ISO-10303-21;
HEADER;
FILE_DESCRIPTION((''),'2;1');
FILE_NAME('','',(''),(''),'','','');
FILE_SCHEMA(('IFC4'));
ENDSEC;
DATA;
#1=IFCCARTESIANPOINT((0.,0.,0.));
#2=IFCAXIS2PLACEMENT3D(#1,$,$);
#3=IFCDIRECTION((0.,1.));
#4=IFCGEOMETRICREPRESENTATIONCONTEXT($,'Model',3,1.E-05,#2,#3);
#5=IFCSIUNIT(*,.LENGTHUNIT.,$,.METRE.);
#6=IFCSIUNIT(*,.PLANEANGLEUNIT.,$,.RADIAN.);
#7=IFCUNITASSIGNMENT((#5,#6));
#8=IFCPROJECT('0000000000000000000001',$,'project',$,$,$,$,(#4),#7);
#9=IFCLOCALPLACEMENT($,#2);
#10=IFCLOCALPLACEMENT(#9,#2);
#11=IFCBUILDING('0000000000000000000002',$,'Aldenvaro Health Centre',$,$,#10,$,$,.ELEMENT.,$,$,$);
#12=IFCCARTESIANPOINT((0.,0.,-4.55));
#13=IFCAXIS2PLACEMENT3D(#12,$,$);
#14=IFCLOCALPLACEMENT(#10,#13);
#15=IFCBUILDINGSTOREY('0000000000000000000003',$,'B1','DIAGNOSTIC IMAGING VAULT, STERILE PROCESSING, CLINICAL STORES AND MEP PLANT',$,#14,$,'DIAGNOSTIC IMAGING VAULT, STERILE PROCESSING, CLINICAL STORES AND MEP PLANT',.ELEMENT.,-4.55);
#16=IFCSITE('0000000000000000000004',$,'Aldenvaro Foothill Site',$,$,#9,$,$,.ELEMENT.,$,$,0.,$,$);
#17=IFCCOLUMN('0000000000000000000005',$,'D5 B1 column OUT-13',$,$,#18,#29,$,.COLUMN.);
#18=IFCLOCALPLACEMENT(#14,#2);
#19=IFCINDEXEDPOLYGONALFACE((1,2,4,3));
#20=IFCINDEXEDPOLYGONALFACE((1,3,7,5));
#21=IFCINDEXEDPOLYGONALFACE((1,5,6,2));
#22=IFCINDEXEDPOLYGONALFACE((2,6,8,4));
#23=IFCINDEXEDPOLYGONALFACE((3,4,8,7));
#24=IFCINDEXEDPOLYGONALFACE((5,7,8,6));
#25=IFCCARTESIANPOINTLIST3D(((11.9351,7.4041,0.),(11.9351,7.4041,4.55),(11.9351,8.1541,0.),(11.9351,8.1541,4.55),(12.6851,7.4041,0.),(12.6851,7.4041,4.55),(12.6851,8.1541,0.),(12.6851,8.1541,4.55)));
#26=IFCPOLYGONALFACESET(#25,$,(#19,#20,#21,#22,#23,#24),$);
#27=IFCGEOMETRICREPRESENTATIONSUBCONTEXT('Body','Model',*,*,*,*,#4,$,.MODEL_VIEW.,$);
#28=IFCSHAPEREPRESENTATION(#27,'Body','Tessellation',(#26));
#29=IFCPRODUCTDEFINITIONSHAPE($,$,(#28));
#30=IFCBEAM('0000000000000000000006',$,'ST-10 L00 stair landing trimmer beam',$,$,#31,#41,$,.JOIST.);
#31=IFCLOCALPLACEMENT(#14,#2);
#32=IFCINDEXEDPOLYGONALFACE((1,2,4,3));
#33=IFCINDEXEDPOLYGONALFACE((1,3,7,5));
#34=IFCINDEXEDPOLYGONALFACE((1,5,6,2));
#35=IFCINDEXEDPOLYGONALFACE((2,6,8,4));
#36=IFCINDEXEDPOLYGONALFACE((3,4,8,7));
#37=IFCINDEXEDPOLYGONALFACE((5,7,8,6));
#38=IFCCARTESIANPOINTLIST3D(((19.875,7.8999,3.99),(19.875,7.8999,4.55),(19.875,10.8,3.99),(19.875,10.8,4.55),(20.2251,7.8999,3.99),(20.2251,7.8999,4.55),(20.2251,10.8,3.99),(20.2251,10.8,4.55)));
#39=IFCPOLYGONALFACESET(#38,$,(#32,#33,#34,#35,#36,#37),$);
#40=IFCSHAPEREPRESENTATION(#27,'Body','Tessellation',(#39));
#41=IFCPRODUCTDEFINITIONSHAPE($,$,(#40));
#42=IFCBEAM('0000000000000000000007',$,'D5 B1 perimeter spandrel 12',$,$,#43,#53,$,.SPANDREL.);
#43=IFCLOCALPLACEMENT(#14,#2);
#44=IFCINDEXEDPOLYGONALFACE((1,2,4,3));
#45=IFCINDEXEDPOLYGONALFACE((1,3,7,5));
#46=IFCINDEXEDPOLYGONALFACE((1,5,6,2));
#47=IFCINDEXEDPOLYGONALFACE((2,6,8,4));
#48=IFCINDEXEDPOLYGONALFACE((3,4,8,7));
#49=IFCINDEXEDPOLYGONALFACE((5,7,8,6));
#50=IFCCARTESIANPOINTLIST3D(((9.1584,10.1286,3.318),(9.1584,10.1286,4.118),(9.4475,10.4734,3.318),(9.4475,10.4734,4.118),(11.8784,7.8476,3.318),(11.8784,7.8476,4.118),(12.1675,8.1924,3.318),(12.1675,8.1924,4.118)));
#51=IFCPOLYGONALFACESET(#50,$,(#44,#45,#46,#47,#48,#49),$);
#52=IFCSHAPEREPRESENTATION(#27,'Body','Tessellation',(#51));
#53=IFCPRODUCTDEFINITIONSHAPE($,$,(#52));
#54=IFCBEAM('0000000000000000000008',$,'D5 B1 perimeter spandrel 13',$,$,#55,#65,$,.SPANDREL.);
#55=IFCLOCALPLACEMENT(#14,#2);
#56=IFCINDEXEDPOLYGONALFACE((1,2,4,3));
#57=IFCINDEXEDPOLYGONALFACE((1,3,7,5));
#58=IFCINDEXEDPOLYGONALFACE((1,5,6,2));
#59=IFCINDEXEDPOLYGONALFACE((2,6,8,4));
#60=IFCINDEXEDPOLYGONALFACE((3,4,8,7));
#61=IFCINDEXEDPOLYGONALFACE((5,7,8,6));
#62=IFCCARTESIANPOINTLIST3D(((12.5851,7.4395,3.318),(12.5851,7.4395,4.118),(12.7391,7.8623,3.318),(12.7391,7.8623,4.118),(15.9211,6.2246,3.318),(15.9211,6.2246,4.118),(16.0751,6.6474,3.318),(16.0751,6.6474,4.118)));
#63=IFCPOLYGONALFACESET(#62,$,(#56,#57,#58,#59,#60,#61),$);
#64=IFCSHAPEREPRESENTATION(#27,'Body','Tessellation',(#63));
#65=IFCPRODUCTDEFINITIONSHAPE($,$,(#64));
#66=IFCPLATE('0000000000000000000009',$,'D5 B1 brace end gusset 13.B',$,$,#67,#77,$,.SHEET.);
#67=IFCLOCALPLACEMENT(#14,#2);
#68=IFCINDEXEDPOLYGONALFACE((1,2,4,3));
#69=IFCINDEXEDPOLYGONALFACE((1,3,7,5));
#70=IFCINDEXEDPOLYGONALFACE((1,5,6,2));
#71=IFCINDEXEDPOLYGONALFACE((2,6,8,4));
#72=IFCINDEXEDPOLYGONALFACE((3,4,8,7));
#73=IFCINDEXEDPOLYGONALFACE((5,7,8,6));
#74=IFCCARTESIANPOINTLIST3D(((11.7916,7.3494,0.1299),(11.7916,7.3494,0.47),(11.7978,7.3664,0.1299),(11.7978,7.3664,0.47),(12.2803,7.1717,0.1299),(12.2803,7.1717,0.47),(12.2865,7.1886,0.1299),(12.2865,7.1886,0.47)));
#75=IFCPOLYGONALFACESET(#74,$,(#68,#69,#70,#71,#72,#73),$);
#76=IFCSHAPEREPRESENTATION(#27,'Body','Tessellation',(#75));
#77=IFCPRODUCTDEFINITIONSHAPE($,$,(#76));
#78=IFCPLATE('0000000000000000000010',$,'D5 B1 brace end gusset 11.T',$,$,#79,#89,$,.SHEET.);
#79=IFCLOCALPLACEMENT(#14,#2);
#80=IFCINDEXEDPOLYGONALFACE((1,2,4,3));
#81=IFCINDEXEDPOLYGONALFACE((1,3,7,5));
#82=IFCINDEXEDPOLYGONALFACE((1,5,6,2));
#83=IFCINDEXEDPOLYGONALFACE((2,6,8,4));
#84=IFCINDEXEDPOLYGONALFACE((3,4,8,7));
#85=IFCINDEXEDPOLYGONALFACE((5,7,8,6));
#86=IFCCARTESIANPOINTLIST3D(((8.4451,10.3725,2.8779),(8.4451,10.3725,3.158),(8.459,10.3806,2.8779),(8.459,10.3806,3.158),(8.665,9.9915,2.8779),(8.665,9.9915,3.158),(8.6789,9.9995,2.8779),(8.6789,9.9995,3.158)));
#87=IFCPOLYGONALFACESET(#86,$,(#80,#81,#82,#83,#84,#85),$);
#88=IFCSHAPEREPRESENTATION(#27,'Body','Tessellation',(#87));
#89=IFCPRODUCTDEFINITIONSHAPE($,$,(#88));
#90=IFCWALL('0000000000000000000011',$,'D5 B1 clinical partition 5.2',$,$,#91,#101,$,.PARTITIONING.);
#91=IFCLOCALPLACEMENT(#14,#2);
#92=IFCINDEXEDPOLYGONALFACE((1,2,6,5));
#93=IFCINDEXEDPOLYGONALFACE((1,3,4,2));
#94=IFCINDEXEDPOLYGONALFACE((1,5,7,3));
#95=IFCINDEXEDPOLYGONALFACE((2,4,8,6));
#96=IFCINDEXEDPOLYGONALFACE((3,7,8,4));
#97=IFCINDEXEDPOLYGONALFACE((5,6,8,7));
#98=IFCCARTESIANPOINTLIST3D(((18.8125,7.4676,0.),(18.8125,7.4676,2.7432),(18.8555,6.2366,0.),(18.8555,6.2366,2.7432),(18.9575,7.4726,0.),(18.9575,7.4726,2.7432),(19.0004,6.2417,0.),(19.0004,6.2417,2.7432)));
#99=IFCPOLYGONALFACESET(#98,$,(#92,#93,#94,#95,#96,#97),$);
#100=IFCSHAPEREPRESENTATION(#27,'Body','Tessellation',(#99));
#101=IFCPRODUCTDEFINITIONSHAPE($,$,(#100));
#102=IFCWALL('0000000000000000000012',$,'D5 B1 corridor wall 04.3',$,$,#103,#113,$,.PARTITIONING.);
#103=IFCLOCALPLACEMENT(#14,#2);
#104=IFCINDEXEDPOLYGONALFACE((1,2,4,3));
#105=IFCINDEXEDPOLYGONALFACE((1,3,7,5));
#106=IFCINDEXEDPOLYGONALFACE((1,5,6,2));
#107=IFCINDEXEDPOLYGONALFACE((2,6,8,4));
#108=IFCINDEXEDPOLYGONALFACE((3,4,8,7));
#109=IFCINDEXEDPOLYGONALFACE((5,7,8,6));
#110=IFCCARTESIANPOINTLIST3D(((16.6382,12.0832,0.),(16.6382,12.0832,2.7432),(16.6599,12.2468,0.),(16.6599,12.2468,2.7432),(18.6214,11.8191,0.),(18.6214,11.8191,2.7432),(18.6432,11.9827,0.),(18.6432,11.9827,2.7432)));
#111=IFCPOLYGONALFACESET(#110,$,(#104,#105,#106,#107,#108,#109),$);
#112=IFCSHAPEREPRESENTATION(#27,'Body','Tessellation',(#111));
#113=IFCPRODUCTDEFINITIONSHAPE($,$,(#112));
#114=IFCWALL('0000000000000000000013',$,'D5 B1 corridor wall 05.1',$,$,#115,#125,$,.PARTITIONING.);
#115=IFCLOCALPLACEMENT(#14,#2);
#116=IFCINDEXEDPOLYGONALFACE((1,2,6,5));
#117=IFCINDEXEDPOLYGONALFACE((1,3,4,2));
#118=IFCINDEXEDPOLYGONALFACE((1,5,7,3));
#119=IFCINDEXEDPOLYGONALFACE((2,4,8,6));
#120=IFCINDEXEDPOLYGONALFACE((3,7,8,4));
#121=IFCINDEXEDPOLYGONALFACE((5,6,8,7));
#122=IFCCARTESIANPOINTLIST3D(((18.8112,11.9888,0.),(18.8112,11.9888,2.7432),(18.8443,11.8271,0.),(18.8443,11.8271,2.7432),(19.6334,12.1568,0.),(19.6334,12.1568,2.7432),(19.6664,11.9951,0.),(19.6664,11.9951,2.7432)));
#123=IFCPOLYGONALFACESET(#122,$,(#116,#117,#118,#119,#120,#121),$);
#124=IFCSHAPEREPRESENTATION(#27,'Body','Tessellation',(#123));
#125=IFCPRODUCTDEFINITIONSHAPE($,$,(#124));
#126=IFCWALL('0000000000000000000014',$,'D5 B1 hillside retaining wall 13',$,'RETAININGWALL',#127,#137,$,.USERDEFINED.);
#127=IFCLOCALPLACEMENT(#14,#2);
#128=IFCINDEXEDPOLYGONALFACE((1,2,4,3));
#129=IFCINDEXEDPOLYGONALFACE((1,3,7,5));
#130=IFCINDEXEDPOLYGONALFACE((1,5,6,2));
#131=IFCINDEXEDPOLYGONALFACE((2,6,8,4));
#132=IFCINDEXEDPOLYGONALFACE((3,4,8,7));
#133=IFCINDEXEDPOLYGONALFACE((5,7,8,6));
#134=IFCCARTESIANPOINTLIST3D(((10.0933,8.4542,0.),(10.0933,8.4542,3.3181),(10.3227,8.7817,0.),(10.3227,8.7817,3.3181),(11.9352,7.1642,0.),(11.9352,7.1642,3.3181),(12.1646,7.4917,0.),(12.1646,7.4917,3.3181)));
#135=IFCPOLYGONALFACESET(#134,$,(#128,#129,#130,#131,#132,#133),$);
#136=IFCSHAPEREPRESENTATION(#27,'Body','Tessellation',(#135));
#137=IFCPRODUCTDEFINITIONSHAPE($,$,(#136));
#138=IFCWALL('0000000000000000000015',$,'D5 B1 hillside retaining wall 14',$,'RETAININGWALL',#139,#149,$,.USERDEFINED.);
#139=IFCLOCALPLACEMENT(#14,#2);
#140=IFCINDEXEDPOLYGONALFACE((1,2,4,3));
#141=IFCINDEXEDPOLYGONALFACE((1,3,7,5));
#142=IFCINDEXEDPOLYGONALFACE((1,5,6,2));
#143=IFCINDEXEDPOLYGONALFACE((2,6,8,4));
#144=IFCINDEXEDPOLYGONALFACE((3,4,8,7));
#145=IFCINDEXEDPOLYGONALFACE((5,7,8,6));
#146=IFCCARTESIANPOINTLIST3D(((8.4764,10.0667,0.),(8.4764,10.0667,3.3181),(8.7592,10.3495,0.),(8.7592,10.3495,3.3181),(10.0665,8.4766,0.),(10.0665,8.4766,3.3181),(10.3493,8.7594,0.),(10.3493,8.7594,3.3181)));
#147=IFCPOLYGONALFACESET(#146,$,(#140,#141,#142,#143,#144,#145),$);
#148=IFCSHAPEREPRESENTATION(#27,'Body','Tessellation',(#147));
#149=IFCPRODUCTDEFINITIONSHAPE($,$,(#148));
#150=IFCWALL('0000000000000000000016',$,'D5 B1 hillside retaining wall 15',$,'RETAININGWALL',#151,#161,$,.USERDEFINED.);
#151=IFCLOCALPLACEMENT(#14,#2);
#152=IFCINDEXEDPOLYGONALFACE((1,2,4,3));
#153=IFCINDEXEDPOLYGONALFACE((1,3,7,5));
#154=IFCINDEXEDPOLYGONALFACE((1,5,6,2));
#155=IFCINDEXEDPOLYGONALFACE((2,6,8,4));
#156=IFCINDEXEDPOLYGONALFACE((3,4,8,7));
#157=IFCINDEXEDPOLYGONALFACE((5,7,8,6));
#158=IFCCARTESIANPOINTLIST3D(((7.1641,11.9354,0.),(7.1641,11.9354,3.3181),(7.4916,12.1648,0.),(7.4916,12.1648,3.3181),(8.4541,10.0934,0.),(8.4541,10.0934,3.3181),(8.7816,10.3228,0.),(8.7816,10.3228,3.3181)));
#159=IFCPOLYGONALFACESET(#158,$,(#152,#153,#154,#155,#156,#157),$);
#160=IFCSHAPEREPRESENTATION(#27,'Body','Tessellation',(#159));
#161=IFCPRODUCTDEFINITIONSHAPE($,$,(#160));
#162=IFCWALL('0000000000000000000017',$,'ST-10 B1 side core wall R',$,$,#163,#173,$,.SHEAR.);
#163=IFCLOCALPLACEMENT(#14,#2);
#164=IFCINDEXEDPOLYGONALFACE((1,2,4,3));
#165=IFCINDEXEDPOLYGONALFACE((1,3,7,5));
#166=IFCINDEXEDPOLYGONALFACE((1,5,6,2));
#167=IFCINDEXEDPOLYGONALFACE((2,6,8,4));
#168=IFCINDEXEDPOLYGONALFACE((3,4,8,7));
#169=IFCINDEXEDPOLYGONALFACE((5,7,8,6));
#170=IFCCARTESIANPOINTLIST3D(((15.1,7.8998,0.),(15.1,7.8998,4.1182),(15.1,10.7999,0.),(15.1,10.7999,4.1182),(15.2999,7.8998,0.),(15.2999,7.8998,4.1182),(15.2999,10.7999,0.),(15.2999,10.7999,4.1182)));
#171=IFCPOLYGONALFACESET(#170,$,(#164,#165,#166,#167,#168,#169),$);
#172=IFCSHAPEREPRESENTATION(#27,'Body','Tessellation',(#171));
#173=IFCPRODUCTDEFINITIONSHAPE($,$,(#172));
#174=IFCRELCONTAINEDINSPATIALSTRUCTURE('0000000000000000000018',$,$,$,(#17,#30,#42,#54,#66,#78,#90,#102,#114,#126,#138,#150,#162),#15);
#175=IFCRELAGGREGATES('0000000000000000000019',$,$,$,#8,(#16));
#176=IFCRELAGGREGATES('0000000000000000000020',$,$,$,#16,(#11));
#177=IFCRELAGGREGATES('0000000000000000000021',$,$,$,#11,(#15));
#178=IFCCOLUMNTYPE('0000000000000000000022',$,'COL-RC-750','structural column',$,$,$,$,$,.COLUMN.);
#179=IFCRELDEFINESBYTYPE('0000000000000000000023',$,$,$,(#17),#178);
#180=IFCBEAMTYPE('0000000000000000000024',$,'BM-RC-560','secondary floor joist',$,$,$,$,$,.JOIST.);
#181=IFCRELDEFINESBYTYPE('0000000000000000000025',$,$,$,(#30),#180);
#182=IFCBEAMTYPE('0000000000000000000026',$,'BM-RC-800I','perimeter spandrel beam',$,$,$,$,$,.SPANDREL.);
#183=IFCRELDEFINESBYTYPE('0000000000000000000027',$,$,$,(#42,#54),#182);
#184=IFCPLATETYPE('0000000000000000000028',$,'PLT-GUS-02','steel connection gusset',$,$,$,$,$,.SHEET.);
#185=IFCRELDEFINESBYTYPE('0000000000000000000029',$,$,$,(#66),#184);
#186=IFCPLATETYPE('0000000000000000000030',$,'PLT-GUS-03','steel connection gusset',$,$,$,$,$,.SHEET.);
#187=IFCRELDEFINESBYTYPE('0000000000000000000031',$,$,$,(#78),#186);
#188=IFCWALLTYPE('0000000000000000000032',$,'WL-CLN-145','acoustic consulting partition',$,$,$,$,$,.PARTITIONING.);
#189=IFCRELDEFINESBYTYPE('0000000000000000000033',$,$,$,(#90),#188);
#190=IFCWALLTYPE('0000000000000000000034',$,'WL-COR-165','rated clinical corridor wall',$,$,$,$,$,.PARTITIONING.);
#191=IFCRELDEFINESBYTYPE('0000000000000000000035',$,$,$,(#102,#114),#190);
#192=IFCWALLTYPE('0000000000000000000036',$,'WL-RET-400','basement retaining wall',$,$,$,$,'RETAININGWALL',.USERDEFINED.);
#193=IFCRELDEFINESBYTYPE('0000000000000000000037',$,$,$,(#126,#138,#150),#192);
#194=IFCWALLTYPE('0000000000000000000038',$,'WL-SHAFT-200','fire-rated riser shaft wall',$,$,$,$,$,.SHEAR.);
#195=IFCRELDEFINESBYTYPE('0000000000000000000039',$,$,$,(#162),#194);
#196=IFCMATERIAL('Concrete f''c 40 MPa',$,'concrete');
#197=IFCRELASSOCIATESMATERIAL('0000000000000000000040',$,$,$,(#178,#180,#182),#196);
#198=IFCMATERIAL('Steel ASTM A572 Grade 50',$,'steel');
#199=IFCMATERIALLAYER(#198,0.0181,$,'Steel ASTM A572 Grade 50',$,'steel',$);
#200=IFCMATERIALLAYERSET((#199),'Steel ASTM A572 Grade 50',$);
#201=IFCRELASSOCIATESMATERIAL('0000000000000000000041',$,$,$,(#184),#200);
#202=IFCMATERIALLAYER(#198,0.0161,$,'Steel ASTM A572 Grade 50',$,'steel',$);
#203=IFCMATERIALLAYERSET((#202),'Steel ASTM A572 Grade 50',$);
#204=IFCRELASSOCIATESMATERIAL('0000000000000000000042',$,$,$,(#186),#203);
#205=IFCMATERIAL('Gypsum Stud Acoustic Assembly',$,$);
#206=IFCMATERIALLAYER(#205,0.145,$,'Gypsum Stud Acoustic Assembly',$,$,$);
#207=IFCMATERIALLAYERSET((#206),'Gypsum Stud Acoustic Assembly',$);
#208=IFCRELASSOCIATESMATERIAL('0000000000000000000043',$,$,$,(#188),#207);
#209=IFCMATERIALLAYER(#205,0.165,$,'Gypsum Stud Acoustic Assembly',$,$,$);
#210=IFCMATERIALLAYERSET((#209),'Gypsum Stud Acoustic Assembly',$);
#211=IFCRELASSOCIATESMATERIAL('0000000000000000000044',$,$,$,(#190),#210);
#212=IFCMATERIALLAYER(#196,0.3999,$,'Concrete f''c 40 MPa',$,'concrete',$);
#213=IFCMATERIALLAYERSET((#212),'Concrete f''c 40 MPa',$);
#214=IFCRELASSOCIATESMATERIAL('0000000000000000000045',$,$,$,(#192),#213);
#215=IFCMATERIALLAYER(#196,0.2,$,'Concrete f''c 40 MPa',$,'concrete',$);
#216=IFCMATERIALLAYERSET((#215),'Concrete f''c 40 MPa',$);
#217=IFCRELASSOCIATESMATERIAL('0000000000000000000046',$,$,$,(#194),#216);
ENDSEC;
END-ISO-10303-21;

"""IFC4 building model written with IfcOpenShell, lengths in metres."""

from ifc_helpers import new_model, si_unit, direction, frame, frame_2d, origin, origin_2d, place, context, subcontext, project, spatial, rectangle, extrude, material, layer, layer_set, material_profile, profile_set, type_object, element, save


model = new_model("IFC4")

# Units and contexts
model_context = context("Model", 3, precision=1e-05, world=origin(), true_north=direction((0.0, 1.0)))
body_context = subcontext(model_context, "Body", "Model", "MODEL_VIEW")
ifc_project = project(units=[si_unit("LENGTHUNIT", "METRE"), si_unit("PLANEANGLEUNIT", "RADIAN")], contexts=[model_context])

# Site, building, storey
site_placement = place(None, origin())
site = spatial("IfcSite", under=ifc_project, at=site_placement, Name="Aldenvaro Foothill Site", CompositionType="ELEMENT", RefElevation=0.0)
building_placement = place(site_placement, origin())
building = spatial("IfcBuilding", under=site, at=building_placement, Name="Aldenvaro Health Centre", CompositionType="ELEMENT")
storey_placement = place(building_placement, frame((0.0, 0.0, -4.55)))
storey = spatial("IfcBuildingStorey", under=building, at=storey_placement, Name="B1", Description="DIAGNOSTIC IMAGING VAULT, STERILE PROCESSING, CLINICAL STORES AND MEP PLANT", LongName="DIAGNOSTIC IMAGING VAULT, STERILE PROCESSING, CLINICAL STORES AND MEP PLANT", CompositionType="ELEMENT", Elevation=-4.55)

# Shared definitions
ifc_material_1 = material(Name="Concrete f'c 40 MPa", Category="concrete")

# Column
ifc_material_profile_1 = material_profile(ifc_material_1, rectangle(XDim=0.75, YDim=0.75, at=origin_2d()), Name="RC 750x750", Category="concrete")
ifc_profile_set_1 = profile_set([ifc_material_profile_1], Name="Concrete f'c 40 MPa")
column_type = type_object("IfcColumnType", Name="COL-RC-750", Description="structural column", PredefinedType="COLUMN", material=ifc_profile_set_1)
for number, where, z_axis, x_axis, name in (
    (1, (12.3101, 7.7791, 0.0), (0.0, 0.0, 1.0), (1.0, 0.0, 0.0), "D5 B1 column OUT-13"),
):
    element("IfcColumn", number, at=place(storey_placement, frame(where, z_axis=z_axis, x_axis=x_axis)), inside=storey, type_object=column_type, Name=name, PredefinedType="COLUMN", context=body_context, shape_type="SweptSolid", body=[
        extrude(rectangle(XDim=0.75, YDim=0.75, at=origin_2d()), origin(), (0.0, 0.0, 1.0), 4.55),
    ])

# Beams
ifc_material_profile_2 = material_profile(ifc_material_1, rectangle(XDim=0.3501, YDim=0.5601, at=origin_2d()), Name="RC 350x560", Category="concrete")
ifc_profile_set_2 = profile_set([ifc_material_profile_2], Name="Concrete f'c 40 MPa")
beam_type_1 = type_object("IfcBeamType", Name="BM-RC-560", Description="secondary floor joist", PredefinedType="JOIST", material=ifc_profile_set_2)
beam_1_placement = place(storey_placement, frame((20.05, 10.8, 4.27), z_axis=(0.0, -1.0, 0.0), x_axis=(1.0, 0.0, 0.0)))
element("IfcBeam", 2, at=beam_1_placement, inside=storey, type_object=beam_type_1, Name="ST-10 L00 stair landing trimmer beam", PredefinedType="JOIST", context=body_context, shape_type="SweptSolid", body=[
    extrude(rectangle(XDim=0.3501, YDim=0.5601, at=origin_2d()), origin(), (0.0, 0.0, 1.0), 2.9001),
])
ifc_material_profile_3 = material_profile(ifc_material_1, rectangle(XDim=0.45, YDim=0.8, at=origin_2d()), Name="RC 450x800", Category="concrete")
ifc_profile_set_3 = profile_set([ifc_material_profile_3], Name="Concrete f'c 40 MPa")
beam_type_2 = type_object("IfcBeamType", Name="BM-RC-800I", Description="perimeter spandrel beam", PredefinedType="SPANDREL", material=ifc_profile_set_3)
beam_2_placement = place(storey_placement, frame((9.303, 10.301, 3.718), z_axis=(0.766228, -0.642569, 0.0), x_axis=(0.642569, 0.766228, 0.0)))
element("IfcBeam", 3, at=beam_2_placement, inside=storey, type_object=beam_type_2, Name="D5 B1 perimeter spandrel 12", PredefinedType="SPANDREL", context=body_context, shape_type="SweptSolid", body=[
    extrude(rectangle(XDim=0.45, YDim=0.8, at=origin_2d()), origin(), (0.0, 0.0, 1.0), 3.5498),
])
beam_3_placement = place(storey_placement, frame((12.6621, 7.6509, 3.718), z_axis=(0.939633, -0.342185, 0.0), x_axis=(0.342185, 0.939633, 0.0)))
element("IfcBeam", 4, at=beam_3_placement, inside=storey, type_object=beam_type_2, Name="D5 B1 perimeter spandrel 13", PredefinedType="SPANDREL", context=body_context, shape_type="SweptSolid", body=[
    extrude(rectangle(XDim=0.45, YDim=0.8, at=origin_2d()), origin(), (0.0, 0.0, 1.0), 3.5503),
])

# Plates
ifc_material_2 = material(Name="Steel ASTM A572 Grade 50", Category="steel")
ifc_layer_1 = layer(ifc_material_2, 0.0181, Name="Steel ASTM A572 Grade 50", Category="steel")
ifc_layer_set_1 = layer_set([ifc_layer_1], Name="Steel ASTM A572 Grade 50")
plate_type_1 = type_object("IfcPlateType", Name="PLT-GUS-02", Description="steel connection gusset", PredefinedType="SHEET", material=ifc_layer_set_1)
plate_1_placement = place(storey_placement, frame((12.0391, 7.269, 0.1299), z_axis=(0.0, 0.0, 1.0), x_axis=(0.939746, -0.341873, 0.0)))
element("IfcPlate", 5, at=plate_1_placement, inside=storey, type_object=plate_type_1, Name="D5 B1 brace end gusset 13.B", PredefinedType="SHEET", context=body_context, shape_type="SweptSolid", body=[
    extrude(rectangle(XDim=0.52, YDim=0.0181, at=origin_2d()), origin(), (0.0, 0.0, 1.0), 0.3401),
])
ifc_layer_2 = layer(ifc_material_2, 0.0161, Name="Steel ASTM A572 Grade 50", Category="steel")
ifc_layer_set_2 = layer_set([ifc_layer_2], Name="Steel ASTM A572 Grade 50")
plate_type_2 = type_object("IfcPlateType", Name="PLT-GUS-03", Description="steel connection gusset", PredefinedType="SHEET", material=ifc_layer_set_2)
plate_2_placement = place(storey_placement, frame((8.562, 10.186, 2.8779), z_axis=(0.0, 0.0, 1.0), x_axis=(0.499849, -0.866113, 0.0)))
element("IfcPlate", 6, at=plate_2_placement, inside=storey, type_object=plate_type_2, Name="D5 B1 brace end gusset 11.T", PredefinedType="SHEET", context=body_context, shape_type="SweptSolid", body=[
    extrude(rectangle(XDim=0.4399, YDim=0.0161, at=origin_2d()), origin(), (0.0, 0.0, 1.0), 0.28),
])

# Walls
ifc_material_3 = material(Name="Gypsum Stud Acoustic Assembly")
ifc_layer_3 = layer(ifc_material_3, 0.145, Name="Gypsum Stud Acoustic Assembly")
ifc_layer_set_3 = layer_set([ifc_layer_3], Name="Gypsum Stud Acoustic Assembly")
wall_type_1 = type_object("IfcWallType", Name="WL-CLN-145", Description="acoustic consulting partition", PredefinedType="PARTITIONING", material=ifc_layer_set_3)
wall_1_placement = place(storey_placement, frame((18.885, 7.47, 0.0), z_axis=(0.0, 0.0, 1.0), x_axis=(0.034886, -0.999391, 0.0)))
element("IfcWall", 7, at=wall_1_placement, inside=storey, type_object=wall_type_1, Name="D5 B1 clinical partition 5.2", PredefinedType="PARTITIONING", context=body_context, shape_type="SweptSolid", body=[
    extrude(rectangle(XDim=1.2317, YDim=0.145, at=frame_2d((0.6157, 0.0))), origin(), (0.0, 0.0, 1.0), 2.7432),
])
ifc_layer_4 = layer(ifc_material_3, 0.165, Name="Gypsum Stud Acoustic Assembly")
ifc_layer_set_4 = layer_set([ifc_layer_4], Name="Gypsum Stud Acoustic Assembly")
wall_type_2 = type_object("IfcWallType", Name="WL-COR-165", Description="rated clinical corridor wall", PredefinedType="PARTITIONING", material=ifc_layer_set_4)
wall_2_placement = place(storey_placement, frame((16.6489, 12.165, 0.0), z_axis=(0.0, 0.0, 1.0), x_axis=(0.991245, -0.132036, 0.0)))
element("IfcWall", 8, at=wall_2_placement, inside=storey, type_object=wall_type_2, Name="D5 B1 corridor wall 04.3", PredefinedType="PARTITIONING", context=body_context, shape_type="SweptSolid", body=[
    extrude(rectangle(XDim=2.0007, YDim=0.165, at=frame_2d((1.0005, 0.0))), origin(), (0.0, 0.0, 1.0), 2.7432),
])
wall_3_placement = place(storey_placement, frame((18.8279, 11.908, 0.0), z_axis=(0.0, 0.0, 1.0), x_axis=(0.979755, 0.200199, 0.0)))
element("IfcWall", 9, at=wall_3_placement, inside=storey, type_object=wall_type_2, Name="D5 B1 corridor wall 05.1", PredefinedType="PARTITIONING", context=body_context, shape_type="SweptSolid", body=[
    extrude(rectangle(XDim=0.8391, YDim=0.165, at=frame_2d((0.4194, 0.0))), origin(), (0.0, 0.0, 1.0), 2.7432),
])
ifc_layer_5 = layer(ifc_material_1, 0.3999, Name="Concrete f'c 40 MPa", Category="concrete")
ifc_layer_set_5 = layer_set([ifc_layer_5], Name="Concrete f'c 40 MPa")
wall_type_3 = type_object("IfcWallType", Name="WL-RET-400", Description="basement retaining wall", ElementType="RETAININGWALL", PredefinedType="USERDEFINED", material=ifc_layer_set_5)
for number, where, z_axis, x_axis, name in (
    (10, (12.05, 7.3279, 0.0), (0.0, 0.0, 1.0), (-0.819104, 0.573644, 0.0), "D5 B1 hillside retaining wall 13"),
    (11, (10.208, 8.6179, 0.0), (0.0, 0.0, 1.0), (-0.707107, 0.707107, 0.0), "D5 B1 hillside retaining wall 14"),
    (12, (8.6179, 10.208, 0.0), (0.0, 0.0, 1.0), (-0.573644, 0.819104, 0.0), "D5 B1 hillside retaining wall 15"),
):
    element("IfcWall", number, at=place(storey_placement, frame(where, z_axis=z_axis, x_axis=x_axis)), inside=storey, type_object=wall_type_3, Name=name, ObjectType="RETAININGWALL", PredefinedType="USERDEFINED", context=body_context, shape_type="SweptSolid", body=[
        extrude(rectangle(XDim=2.2488, YDim=0.3999, at=frame_2d((1.1245, 0.0))), origin(), (0.0, 0.0, 1.0), 3.3181),
    ])
ifc_layer_6 = layer(ifc_material_1, 0.2, Name="Concrete f'c 40 MPa", Category="concrete")
ifc_layer_set_6 = layer_set([ifc_layer_6], Name="Concrete f'c 40 MPa")
wall_type_4 = type_object("IfcWallType", Name="WL-SHAFT-200", Description="fire-rated riser shaft wall", PredefinedType="SHEAR", material=ifc_layer_set_6)
wall_4_placement = place(storey_placement, frame((15.2, 10.8, 0.0), z_axis=(0.0, 0.0, 1.0), x_axis=(0.0, -1.0, 0.0)))
element("IfcWall", 13, at=wall_4_placement, inside=storey, type_object=wall_type_4, Name="ST-10 B1 side core wall R", PredefinedType="SHEAR", context=body_context, shape_type="SweptSolid", body=[
    extrude(rectangle(XDim=2.9001, YDim=0.2, at=frame_2d((1.4502, 0.0))), origin(), (0.0, 0.0, 1.0), 4.1182),
])

save(model, "model.ifc")
